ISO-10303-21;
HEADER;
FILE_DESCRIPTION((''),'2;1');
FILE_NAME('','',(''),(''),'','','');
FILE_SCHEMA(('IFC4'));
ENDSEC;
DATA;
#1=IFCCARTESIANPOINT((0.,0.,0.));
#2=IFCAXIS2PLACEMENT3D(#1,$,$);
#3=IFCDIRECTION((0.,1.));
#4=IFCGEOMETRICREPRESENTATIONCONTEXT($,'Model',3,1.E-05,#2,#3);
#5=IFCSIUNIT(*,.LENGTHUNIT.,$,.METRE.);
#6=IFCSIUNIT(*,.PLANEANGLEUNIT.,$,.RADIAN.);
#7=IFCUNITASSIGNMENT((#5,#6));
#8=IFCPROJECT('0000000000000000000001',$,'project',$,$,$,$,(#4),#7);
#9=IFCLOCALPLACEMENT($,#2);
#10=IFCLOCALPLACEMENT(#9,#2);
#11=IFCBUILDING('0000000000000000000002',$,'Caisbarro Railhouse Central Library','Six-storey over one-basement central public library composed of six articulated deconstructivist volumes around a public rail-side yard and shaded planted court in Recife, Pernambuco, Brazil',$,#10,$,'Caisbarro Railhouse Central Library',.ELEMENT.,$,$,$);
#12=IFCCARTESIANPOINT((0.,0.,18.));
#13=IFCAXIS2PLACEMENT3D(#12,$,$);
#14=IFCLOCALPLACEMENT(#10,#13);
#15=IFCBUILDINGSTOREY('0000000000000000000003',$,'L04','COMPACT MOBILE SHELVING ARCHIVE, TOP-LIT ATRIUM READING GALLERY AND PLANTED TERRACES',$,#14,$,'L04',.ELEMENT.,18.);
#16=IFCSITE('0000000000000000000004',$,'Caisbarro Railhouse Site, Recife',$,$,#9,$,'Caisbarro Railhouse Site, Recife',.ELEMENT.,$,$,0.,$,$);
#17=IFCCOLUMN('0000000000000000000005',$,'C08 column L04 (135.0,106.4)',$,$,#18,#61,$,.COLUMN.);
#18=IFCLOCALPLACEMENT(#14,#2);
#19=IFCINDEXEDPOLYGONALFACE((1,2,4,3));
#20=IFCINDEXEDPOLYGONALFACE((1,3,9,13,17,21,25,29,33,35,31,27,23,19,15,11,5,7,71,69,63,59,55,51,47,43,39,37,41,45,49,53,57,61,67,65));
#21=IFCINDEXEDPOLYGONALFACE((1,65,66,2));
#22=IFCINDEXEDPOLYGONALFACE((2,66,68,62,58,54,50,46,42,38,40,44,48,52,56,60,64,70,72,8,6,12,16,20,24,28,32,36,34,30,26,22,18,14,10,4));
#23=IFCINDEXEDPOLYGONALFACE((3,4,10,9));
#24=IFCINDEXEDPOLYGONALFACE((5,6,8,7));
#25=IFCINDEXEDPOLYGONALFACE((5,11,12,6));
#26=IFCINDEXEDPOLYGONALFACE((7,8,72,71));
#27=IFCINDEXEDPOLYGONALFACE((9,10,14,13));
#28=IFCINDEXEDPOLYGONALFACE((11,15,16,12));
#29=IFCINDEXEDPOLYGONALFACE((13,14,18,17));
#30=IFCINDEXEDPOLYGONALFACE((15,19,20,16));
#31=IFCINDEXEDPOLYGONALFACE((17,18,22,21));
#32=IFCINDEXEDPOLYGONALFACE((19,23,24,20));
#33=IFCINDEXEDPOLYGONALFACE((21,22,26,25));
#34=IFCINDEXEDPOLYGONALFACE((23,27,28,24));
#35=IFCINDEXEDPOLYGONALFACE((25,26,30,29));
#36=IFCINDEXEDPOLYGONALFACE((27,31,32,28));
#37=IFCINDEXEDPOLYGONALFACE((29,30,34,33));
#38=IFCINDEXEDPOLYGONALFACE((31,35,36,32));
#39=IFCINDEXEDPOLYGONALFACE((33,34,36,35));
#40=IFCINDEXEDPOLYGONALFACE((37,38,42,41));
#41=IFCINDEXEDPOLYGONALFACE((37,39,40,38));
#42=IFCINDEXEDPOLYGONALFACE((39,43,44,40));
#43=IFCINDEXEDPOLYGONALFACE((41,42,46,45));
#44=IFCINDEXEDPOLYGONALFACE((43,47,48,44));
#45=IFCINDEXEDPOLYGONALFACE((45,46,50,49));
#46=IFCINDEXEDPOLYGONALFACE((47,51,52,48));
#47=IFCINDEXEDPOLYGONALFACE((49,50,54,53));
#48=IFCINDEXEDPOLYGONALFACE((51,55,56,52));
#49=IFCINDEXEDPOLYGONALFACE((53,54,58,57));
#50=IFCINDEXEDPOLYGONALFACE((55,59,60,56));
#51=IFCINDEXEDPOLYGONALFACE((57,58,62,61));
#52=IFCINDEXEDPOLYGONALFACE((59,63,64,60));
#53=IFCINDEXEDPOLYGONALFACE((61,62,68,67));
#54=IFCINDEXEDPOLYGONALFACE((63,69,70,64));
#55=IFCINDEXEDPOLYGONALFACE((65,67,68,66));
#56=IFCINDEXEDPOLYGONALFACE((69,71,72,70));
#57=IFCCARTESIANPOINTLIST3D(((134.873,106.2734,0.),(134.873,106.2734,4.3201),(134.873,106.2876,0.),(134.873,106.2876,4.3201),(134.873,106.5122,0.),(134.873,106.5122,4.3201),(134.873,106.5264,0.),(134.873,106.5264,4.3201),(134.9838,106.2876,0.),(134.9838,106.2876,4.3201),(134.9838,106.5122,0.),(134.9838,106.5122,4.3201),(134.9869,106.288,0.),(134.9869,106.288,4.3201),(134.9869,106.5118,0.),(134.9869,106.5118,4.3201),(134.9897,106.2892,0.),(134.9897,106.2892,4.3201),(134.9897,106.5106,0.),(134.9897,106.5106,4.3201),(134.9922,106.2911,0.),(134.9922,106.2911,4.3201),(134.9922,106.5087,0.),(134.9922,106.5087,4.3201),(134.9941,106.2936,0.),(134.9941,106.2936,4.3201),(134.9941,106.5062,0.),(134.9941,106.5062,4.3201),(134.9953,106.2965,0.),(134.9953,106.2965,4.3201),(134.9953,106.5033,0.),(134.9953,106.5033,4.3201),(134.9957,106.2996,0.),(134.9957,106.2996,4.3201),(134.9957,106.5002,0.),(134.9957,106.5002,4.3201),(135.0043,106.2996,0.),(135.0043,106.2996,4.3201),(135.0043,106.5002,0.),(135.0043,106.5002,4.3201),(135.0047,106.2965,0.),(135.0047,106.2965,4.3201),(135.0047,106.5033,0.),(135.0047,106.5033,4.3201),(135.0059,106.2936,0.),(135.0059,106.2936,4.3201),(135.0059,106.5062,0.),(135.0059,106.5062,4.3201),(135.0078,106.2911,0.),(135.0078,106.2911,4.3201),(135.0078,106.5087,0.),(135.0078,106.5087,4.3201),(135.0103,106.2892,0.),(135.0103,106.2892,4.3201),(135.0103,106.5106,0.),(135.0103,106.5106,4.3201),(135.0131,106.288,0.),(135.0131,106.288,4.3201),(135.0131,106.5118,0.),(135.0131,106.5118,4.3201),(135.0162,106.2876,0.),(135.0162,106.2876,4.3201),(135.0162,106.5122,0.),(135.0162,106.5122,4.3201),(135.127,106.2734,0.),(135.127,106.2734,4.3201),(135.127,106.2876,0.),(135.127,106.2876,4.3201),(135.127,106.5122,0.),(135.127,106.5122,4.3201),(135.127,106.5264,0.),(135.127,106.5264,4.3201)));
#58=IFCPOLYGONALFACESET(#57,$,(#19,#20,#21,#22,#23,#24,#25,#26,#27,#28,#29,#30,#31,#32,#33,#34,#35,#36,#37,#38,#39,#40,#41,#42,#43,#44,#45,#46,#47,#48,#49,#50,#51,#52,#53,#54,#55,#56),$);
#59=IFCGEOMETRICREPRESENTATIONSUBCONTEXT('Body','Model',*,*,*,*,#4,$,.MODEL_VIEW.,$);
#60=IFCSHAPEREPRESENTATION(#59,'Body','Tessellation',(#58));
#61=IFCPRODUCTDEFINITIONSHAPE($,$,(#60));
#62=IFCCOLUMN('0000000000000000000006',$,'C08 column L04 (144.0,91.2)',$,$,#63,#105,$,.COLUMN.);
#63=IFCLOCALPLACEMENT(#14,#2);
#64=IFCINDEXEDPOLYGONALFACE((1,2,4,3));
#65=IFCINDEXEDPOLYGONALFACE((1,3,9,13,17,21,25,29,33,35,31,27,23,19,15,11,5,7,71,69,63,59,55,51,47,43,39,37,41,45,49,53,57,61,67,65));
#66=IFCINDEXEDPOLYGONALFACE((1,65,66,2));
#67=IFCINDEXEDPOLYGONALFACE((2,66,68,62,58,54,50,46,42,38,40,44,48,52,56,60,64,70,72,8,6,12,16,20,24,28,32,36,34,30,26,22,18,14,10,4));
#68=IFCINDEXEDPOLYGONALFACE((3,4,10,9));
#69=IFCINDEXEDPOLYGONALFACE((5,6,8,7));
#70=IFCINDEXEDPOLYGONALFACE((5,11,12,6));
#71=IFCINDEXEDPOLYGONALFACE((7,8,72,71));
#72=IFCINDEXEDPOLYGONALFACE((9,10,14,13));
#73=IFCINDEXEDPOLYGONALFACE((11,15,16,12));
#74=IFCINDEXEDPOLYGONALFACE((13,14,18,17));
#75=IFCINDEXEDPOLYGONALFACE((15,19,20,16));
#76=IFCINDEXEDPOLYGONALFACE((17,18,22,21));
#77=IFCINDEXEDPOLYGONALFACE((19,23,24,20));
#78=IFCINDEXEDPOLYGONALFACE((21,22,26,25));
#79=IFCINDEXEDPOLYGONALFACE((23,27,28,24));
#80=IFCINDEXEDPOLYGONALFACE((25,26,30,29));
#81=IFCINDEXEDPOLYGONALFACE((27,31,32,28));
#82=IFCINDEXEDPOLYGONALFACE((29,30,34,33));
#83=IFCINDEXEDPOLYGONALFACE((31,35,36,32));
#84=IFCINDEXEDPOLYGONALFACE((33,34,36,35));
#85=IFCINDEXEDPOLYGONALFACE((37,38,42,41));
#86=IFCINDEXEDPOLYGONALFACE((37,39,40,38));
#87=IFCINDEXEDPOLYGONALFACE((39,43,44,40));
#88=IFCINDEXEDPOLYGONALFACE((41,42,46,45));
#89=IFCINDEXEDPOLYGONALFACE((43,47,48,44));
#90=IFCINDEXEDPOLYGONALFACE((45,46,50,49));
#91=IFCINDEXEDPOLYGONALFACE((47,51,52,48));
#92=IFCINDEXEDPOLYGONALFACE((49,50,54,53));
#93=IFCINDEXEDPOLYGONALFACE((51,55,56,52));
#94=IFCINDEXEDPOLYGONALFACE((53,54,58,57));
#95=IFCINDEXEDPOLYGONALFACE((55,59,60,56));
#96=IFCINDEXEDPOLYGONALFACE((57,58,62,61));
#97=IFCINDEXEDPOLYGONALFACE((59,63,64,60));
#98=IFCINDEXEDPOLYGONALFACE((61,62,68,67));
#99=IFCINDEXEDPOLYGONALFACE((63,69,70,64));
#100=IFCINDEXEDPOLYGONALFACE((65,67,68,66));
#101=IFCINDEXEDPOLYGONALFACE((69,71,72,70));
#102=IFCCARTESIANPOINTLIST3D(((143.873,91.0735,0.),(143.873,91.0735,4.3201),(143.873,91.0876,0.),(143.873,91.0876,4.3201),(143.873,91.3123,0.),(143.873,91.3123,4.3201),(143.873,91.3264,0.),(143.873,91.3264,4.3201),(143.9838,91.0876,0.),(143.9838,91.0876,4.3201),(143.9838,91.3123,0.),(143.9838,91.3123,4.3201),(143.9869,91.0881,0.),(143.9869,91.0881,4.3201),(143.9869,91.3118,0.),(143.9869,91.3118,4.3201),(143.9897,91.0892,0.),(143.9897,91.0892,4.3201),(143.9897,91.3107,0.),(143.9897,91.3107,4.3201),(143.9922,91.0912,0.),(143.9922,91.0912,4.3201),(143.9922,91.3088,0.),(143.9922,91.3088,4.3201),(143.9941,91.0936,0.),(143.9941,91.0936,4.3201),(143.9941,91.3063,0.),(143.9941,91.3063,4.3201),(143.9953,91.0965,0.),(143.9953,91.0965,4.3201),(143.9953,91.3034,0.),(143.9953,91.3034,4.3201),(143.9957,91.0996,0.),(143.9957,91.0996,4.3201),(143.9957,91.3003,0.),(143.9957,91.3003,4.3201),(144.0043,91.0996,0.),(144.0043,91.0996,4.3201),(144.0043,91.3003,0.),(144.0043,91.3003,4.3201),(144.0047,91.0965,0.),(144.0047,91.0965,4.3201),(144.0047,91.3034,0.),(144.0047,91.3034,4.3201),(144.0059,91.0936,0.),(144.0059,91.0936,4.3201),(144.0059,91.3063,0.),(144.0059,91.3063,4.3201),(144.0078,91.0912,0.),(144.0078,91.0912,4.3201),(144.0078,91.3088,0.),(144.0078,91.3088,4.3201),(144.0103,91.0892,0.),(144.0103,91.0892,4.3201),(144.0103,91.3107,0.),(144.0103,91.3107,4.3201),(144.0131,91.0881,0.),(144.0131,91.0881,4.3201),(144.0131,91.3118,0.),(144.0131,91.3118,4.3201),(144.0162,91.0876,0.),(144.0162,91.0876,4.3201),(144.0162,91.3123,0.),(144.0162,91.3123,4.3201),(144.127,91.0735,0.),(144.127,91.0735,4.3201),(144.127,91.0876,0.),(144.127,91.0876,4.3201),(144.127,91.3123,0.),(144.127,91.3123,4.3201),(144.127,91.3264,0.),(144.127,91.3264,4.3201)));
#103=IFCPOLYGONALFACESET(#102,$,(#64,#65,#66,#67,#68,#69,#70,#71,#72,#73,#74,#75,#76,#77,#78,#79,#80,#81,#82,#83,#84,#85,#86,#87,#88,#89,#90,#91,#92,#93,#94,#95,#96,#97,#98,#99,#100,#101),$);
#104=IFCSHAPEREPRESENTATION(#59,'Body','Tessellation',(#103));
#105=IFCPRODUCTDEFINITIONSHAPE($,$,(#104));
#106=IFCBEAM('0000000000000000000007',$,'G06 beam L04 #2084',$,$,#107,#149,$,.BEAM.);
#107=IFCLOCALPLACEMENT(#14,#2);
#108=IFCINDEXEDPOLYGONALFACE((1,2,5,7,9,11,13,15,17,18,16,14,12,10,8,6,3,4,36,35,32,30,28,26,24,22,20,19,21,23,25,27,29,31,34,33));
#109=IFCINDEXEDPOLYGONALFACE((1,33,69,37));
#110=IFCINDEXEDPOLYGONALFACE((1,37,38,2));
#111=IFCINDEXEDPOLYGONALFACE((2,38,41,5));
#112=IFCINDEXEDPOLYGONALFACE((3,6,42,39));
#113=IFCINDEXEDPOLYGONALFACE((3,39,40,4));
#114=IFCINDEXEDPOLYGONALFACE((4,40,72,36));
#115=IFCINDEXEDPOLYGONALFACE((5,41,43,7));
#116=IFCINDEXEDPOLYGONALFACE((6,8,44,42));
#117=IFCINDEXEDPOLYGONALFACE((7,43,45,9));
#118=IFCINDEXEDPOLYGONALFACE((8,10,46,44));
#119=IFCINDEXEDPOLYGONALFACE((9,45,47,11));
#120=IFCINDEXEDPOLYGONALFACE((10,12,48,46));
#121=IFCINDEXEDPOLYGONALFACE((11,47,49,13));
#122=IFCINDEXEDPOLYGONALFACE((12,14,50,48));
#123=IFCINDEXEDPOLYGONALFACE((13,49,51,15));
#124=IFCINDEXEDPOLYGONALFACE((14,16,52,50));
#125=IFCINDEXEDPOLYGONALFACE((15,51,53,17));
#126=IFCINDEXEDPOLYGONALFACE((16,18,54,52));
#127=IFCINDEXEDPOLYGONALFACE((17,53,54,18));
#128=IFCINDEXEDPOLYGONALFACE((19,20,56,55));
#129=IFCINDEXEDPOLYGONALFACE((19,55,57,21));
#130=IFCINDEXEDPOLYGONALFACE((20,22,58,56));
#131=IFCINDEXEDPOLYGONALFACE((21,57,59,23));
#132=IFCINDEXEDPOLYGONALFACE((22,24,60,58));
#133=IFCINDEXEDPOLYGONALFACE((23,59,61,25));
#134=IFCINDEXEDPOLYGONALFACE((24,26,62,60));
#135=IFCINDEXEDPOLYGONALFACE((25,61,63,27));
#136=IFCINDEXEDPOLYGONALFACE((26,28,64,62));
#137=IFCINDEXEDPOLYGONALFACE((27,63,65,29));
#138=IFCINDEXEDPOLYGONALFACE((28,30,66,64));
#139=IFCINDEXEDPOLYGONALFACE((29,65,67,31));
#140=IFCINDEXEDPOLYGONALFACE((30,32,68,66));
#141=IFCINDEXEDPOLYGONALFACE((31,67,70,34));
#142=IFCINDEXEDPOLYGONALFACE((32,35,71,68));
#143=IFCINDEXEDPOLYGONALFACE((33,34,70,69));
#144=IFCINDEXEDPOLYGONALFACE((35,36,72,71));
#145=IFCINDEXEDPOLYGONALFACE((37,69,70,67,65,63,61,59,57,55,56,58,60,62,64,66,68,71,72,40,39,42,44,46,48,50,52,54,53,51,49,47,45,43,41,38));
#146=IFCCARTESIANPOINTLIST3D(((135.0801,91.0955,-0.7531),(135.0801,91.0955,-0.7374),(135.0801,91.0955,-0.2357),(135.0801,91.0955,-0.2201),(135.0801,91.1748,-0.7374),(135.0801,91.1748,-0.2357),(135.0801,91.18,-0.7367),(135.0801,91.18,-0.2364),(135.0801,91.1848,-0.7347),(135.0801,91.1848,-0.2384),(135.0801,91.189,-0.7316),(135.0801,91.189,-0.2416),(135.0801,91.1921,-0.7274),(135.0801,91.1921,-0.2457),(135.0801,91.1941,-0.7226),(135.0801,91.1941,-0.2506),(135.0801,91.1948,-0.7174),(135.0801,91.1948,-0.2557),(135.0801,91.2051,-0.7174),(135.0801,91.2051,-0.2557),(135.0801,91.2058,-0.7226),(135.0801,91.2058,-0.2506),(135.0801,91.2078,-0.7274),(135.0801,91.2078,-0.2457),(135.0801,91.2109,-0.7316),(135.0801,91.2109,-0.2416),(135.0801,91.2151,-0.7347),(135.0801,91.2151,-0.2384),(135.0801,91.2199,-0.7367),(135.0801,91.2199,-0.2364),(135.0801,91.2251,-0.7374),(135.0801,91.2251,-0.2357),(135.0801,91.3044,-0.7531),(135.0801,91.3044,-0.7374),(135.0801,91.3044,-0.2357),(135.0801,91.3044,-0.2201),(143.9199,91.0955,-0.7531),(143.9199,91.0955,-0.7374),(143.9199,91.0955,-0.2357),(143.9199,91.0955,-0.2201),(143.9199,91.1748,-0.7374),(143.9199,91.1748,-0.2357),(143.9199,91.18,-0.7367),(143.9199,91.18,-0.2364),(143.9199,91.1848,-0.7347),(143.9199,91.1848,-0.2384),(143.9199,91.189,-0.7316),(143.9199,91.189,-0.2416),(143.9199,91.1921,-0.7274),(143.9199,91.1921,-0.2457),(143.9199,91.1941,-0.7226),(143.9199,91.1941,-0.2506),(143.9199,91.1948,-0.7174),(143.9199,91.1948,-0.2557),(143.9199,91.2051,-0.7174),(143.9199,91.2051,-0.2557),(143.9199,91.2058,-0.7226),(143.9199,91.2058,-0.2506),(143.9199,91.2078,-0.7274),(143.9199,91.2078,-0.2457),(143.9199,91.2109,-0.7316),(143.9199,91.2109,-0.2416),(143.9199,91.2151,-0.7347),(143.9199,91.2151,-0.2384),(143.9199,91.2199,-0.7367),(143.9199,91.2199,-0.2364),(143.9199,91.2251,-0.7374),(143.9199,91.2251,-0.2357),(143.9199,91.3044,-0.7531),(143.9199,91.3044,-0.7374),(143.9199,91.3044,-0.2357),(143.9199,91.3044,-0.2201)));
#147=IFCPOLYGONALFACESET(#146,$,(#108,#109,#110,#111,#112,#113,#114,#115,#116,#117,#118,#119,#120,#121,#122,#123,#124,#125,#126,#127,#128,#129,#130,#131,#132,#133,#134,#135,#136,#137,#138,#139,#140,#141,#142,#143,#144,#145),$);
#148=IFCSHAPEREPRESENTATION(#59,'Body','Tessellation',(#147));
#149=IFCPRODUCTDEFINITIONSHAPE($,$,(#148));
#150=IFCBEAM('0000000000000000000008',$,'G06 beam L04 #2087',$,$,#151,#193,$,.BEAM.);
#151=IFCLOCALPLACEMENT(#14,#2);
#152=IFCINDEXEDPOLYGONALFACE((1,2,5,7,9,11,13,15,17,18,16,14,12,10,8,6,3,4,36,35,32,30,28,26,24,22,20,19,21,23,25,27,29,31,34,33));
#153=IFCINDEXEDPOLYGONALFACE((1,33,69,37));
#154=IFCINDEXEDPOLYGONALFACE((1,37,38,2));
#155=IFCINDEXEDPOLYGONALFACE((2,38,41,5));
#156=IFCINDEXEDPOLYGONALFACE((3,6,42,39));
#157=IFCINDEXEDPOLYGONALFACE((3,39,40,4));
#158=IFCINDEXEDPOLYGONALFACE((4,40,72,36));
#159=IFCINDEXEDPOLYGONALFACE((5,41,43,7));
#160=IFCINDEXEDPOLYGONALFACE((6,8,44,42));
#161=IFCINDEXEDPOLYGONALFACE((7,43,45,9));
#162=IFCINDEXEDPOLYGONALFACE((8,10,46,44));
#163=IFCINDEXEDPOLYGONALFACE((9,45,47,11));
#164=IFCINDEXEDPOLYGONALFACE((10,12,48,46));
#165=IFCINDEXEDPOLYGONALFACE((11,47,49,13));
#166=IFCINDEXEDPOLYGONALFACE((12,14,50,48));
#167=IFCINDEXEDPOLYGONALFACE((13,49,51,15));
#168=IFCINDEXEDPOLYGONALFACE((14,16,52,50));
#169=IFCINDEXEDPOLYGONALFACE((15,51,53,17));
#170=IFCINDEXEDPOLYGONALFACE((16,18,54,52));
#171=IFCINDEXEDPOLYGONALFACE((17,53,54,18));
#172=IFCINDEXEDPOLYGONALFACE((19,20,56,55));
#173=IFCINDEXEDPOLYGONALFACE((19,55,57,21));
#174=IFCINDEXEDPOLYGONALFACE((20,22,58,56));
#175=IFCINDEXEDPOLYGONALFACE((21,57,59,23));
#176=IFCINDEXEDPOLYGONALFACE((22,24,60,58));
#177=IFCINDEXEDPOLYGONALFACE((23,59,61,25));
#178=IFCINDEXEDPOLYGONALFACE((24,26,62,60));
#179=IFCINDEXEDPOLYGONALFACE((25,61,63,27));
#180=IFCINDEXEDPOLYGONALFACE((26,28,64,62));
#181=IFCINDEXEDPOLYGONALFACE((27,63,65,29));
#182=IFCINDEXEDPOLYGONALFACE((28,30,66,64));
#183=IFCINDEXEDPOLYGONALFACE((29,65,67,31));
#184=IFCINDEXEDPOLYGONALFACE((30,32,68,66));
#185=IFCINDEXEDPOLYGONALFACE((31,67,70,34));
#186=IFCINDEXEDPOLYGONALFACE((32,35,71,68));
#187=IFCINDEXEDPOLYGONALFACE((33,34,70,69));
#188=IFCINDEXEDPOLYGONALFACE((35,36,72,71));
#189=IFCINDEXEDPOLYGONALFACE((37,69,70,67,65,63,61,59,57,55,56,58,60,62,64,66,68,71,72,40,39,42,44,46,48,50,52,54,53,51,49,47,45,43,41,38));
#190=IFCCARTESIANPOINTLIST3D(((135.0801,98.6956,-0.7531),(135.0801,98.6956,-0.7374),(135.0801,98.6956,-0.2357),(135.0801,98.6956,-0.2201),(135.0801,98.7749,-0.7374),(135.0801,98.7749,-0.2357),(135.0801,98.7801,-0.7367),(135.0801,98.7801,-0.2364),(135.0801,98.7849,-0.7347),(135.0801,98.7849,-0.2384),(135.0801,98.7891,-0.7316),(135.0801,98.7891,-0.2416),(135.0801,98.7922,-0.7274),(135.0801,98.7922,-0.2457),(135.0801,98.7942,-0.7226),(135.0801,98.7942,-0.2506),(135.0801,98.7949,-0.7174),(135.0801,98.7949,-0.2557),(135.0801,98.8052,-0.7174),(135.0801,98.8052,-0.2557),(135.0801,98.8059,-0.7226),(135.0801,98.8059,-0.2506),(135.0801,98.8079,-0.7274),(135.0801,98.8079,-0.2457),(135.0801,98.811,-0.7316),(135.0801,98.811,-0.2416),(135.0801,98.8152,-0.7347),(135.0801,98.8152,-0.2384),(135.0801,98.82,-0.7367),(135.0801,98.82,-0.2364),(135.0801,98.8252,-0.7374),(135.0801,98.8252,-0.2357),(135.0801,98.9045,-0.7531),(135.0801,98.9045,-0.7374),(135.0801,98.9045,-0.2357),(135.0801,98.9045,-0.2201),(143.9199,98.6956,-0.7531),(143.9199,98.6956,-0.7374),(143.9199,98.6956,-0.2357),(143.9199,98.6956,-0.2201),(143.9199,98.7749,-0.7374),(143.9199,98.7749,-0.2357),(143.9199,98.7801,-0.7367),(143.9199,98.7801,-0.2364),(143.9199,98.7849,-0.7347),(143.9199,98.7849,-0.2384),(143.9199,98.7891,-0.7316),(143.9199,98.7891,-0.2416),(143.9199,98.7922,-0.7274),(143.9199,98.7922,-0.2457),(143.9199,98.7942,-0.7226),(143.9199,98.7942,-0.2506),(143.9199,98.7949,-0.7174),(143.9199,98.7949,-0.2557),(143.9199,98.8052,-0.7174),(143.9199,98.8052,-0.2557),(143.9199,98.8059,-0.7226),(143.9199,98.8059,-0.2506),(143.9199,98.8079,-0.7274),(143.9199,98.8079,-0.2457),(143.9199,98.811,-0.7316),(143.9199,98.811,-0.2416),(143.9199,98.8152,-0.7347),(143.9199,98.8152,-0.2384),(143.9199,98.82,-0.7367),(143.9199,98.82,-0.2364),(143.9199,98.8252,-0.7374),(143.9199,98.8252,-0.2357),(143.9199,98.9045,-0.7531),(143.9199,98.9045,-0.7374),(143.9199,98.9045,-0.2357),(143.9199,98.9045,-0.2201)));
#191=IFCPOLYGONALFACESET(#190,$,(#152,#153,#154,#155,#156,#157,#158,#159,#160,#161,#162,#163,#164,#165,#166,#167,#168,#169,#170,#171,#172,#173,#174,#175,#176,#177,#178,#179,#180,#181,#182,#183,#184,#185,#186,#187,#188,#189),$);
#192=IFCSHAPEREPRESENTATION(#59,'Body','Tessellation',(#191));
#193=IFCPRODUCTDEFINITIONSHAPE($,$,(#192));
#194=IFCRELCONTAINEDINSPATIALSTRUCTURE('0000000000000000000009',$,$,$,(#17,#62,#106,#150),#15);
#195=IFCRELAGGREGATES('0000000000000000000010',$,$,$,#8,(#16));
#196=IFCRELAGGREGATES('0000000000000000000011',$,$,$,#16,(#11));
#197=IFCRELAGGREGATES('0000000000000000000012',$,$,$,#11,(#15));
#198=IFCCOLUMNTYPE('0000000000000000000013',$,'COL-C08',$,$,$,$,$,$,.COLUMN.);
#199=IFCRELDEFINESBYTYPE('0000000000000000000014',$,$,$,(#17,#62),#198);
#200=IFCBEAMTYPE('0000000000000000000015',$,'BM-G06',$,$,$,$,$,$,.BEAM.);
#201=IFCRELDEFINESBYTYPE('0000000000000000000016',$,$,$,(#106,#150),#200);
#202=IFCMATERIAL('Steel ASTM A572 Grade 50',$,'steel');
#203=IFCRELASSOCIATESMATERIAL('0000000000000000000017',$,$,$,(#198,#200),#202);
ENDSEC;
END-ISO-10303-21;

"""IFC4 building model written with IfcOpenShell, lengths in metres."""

from ifc_helpers import new_model, si_unit, direction, frame, origin, origin_2d, place, context, subcontext, project, spatial, i_section, extrude, material, material_profile, profile_set, type_object, element, save


model = new_model("IFC4")

# Units and contexts
model_context = context("Model", 3, precision=1e-05, world=origin(), true_north=direction((0.0, 1.0)))
body_context = subcontext(model_context, "Body", "Model", "MODEL_VIEW")
ifc_project = project(units=[si_unit("LENGTHUNIT", "METRE"), si_unit("PLANEANGLEUNIT", "RADIAN")], contexts=[model_context])

# Site, building, storey
site_placement = place(None, origin())
site = spatial("IfcSite", under=ifc_project, at=site_placement, Name="Caisbarro Railhouse Site, Recife", LongName="Caisbarro Railhouse Site, Recife", CompositionType="ELEMENT", RefElevation=0.0)
building_placement = place(site_placement, origin())
building = spatial("IfcBuilding", under=site, at=building_placement, Name="Caisbarro Railhouse Central Library", Description="Six-storey over one-basement central public library composed of six articulated deconstructivist volumes around a public rail-side yard and shaded planted court in Recife, Pernambuco, Brazil", LongName="Caisbarro Railhouse Central Library", CompositionType="ELEMENT")
storey_placement = place(building_placement, frame((0.0, 0.0, 18.0)))
storey = spatial("IfcBuildingStorey", under=building, at=storey_placement, Name="L04", Description="COMPACT MOBILE SHELVING ARCHIVE, TOP-LIT ATRIUM READING GALLERY AND PLANTED TERRACES", LongName="L04", CompositionType="ELEMENT", Elevation=18.0)

# Columns
ifc_material_1 = material(Name="Steel ASTM A572 Grade 50", Category="steel")
ifc_material_profile_1 = material_profile(ifc_material_1, i_section(OverallWidth=0.2539, OverallDepth=0.2529, WebThickness=0.0085, FlangeThickness=0.0142, FilletRadius=0.012, at=origin_2d()), Name="W250X73.0")
ifc_profile_set_1 = profile_set([ifc_material_profile_1], Name="Steel ASTM A572 Grade 50")
column_type = type_object("IfcColumnType", Name="COL-C08", PredefinedType="COLUMN", material=ifc_profile_set_1)
for number, where, z_axis, x_axis, name in (
    (1, (135.0, 106.3999, 0.0), (0.0, 0.0, 1.0), (1.0, 0.0, 0.0), "C08 column L04 (135.0,106.4)"),
    (2, (144.0, 91.2, 0.0), (0.0, 0.0, 1.0), (1.0, 0.0, 0.0), "C08 column L04 (144.0,91.2)"),
):
    element("IfcColumn", number, at=place(storey_placement, frame(where, z_axis=z_axis, x_axis=x_axis)), inside=storey, type_object=column_type, Name=name, PredefinedType="COLUMN", context=body_context, shape_type="SweptSolid", body=[
        extrude(i_section(OverallWidth=0.2539, OverallDepth=0.2529, WebThickness=0.0085, FlangeThickness=0.0142, FilletRadius=0.012, at=origin_2d()), origin(), (0.0, 0.0, 1.0), 4.3201),
    ])

# Beams
ifc_material_profile_2 = material_profile(ifc_material_1, i_section(OverallWidth=0.209, OverallDepth=0.533, WebThickness=0.0103, FlangeThickness=0.0156, FilletRadius=0.02, at=origin_2d()), Name="W530X92.0")
ifc_profile_set_2 = profile_set([ifc_material_profile_2], Name="Steel ASTM A572 Grade 50")
beam_type_1 = type_object("IfcBeamType", Name="BM-G06", PredefinedType="BEAM", material=ifc_profile_set_2)
for number, where, z_axis, x_axis, name in (
    (3, (135.0801, 91.2, -0.4866), (1.0, 0.0, 0.0), (0.0, 1.0, 0.0), "G06 beam L04 #2084"),
    (4, (135.0801, 98.8, -0.4866), (1.0, 0.0, 0.0), (0.0, 1.0, 0.0), "G06 beam L04 #2087"),
):
    element("IfcBeam", number, at=place(storey_placement, frame(where, z_axis=z_axis, x_axis=x_axis)), inside=storey, type_object=beam_type_1, Name=name, PredefinedType="BEAM", context=body_context, shape_type="SweptSolid", body=[
        extrude(i_section(OverallWidth=0.209, OverallDepth=0.533, WebThickness=0.0103, FlangeThickness=0.0156, FilletRadius=0.02, at=origin_2d()), origin(), (0.0, 0.0, 1.0), 8.8398),
    ])

save(model, "model.ifc")
